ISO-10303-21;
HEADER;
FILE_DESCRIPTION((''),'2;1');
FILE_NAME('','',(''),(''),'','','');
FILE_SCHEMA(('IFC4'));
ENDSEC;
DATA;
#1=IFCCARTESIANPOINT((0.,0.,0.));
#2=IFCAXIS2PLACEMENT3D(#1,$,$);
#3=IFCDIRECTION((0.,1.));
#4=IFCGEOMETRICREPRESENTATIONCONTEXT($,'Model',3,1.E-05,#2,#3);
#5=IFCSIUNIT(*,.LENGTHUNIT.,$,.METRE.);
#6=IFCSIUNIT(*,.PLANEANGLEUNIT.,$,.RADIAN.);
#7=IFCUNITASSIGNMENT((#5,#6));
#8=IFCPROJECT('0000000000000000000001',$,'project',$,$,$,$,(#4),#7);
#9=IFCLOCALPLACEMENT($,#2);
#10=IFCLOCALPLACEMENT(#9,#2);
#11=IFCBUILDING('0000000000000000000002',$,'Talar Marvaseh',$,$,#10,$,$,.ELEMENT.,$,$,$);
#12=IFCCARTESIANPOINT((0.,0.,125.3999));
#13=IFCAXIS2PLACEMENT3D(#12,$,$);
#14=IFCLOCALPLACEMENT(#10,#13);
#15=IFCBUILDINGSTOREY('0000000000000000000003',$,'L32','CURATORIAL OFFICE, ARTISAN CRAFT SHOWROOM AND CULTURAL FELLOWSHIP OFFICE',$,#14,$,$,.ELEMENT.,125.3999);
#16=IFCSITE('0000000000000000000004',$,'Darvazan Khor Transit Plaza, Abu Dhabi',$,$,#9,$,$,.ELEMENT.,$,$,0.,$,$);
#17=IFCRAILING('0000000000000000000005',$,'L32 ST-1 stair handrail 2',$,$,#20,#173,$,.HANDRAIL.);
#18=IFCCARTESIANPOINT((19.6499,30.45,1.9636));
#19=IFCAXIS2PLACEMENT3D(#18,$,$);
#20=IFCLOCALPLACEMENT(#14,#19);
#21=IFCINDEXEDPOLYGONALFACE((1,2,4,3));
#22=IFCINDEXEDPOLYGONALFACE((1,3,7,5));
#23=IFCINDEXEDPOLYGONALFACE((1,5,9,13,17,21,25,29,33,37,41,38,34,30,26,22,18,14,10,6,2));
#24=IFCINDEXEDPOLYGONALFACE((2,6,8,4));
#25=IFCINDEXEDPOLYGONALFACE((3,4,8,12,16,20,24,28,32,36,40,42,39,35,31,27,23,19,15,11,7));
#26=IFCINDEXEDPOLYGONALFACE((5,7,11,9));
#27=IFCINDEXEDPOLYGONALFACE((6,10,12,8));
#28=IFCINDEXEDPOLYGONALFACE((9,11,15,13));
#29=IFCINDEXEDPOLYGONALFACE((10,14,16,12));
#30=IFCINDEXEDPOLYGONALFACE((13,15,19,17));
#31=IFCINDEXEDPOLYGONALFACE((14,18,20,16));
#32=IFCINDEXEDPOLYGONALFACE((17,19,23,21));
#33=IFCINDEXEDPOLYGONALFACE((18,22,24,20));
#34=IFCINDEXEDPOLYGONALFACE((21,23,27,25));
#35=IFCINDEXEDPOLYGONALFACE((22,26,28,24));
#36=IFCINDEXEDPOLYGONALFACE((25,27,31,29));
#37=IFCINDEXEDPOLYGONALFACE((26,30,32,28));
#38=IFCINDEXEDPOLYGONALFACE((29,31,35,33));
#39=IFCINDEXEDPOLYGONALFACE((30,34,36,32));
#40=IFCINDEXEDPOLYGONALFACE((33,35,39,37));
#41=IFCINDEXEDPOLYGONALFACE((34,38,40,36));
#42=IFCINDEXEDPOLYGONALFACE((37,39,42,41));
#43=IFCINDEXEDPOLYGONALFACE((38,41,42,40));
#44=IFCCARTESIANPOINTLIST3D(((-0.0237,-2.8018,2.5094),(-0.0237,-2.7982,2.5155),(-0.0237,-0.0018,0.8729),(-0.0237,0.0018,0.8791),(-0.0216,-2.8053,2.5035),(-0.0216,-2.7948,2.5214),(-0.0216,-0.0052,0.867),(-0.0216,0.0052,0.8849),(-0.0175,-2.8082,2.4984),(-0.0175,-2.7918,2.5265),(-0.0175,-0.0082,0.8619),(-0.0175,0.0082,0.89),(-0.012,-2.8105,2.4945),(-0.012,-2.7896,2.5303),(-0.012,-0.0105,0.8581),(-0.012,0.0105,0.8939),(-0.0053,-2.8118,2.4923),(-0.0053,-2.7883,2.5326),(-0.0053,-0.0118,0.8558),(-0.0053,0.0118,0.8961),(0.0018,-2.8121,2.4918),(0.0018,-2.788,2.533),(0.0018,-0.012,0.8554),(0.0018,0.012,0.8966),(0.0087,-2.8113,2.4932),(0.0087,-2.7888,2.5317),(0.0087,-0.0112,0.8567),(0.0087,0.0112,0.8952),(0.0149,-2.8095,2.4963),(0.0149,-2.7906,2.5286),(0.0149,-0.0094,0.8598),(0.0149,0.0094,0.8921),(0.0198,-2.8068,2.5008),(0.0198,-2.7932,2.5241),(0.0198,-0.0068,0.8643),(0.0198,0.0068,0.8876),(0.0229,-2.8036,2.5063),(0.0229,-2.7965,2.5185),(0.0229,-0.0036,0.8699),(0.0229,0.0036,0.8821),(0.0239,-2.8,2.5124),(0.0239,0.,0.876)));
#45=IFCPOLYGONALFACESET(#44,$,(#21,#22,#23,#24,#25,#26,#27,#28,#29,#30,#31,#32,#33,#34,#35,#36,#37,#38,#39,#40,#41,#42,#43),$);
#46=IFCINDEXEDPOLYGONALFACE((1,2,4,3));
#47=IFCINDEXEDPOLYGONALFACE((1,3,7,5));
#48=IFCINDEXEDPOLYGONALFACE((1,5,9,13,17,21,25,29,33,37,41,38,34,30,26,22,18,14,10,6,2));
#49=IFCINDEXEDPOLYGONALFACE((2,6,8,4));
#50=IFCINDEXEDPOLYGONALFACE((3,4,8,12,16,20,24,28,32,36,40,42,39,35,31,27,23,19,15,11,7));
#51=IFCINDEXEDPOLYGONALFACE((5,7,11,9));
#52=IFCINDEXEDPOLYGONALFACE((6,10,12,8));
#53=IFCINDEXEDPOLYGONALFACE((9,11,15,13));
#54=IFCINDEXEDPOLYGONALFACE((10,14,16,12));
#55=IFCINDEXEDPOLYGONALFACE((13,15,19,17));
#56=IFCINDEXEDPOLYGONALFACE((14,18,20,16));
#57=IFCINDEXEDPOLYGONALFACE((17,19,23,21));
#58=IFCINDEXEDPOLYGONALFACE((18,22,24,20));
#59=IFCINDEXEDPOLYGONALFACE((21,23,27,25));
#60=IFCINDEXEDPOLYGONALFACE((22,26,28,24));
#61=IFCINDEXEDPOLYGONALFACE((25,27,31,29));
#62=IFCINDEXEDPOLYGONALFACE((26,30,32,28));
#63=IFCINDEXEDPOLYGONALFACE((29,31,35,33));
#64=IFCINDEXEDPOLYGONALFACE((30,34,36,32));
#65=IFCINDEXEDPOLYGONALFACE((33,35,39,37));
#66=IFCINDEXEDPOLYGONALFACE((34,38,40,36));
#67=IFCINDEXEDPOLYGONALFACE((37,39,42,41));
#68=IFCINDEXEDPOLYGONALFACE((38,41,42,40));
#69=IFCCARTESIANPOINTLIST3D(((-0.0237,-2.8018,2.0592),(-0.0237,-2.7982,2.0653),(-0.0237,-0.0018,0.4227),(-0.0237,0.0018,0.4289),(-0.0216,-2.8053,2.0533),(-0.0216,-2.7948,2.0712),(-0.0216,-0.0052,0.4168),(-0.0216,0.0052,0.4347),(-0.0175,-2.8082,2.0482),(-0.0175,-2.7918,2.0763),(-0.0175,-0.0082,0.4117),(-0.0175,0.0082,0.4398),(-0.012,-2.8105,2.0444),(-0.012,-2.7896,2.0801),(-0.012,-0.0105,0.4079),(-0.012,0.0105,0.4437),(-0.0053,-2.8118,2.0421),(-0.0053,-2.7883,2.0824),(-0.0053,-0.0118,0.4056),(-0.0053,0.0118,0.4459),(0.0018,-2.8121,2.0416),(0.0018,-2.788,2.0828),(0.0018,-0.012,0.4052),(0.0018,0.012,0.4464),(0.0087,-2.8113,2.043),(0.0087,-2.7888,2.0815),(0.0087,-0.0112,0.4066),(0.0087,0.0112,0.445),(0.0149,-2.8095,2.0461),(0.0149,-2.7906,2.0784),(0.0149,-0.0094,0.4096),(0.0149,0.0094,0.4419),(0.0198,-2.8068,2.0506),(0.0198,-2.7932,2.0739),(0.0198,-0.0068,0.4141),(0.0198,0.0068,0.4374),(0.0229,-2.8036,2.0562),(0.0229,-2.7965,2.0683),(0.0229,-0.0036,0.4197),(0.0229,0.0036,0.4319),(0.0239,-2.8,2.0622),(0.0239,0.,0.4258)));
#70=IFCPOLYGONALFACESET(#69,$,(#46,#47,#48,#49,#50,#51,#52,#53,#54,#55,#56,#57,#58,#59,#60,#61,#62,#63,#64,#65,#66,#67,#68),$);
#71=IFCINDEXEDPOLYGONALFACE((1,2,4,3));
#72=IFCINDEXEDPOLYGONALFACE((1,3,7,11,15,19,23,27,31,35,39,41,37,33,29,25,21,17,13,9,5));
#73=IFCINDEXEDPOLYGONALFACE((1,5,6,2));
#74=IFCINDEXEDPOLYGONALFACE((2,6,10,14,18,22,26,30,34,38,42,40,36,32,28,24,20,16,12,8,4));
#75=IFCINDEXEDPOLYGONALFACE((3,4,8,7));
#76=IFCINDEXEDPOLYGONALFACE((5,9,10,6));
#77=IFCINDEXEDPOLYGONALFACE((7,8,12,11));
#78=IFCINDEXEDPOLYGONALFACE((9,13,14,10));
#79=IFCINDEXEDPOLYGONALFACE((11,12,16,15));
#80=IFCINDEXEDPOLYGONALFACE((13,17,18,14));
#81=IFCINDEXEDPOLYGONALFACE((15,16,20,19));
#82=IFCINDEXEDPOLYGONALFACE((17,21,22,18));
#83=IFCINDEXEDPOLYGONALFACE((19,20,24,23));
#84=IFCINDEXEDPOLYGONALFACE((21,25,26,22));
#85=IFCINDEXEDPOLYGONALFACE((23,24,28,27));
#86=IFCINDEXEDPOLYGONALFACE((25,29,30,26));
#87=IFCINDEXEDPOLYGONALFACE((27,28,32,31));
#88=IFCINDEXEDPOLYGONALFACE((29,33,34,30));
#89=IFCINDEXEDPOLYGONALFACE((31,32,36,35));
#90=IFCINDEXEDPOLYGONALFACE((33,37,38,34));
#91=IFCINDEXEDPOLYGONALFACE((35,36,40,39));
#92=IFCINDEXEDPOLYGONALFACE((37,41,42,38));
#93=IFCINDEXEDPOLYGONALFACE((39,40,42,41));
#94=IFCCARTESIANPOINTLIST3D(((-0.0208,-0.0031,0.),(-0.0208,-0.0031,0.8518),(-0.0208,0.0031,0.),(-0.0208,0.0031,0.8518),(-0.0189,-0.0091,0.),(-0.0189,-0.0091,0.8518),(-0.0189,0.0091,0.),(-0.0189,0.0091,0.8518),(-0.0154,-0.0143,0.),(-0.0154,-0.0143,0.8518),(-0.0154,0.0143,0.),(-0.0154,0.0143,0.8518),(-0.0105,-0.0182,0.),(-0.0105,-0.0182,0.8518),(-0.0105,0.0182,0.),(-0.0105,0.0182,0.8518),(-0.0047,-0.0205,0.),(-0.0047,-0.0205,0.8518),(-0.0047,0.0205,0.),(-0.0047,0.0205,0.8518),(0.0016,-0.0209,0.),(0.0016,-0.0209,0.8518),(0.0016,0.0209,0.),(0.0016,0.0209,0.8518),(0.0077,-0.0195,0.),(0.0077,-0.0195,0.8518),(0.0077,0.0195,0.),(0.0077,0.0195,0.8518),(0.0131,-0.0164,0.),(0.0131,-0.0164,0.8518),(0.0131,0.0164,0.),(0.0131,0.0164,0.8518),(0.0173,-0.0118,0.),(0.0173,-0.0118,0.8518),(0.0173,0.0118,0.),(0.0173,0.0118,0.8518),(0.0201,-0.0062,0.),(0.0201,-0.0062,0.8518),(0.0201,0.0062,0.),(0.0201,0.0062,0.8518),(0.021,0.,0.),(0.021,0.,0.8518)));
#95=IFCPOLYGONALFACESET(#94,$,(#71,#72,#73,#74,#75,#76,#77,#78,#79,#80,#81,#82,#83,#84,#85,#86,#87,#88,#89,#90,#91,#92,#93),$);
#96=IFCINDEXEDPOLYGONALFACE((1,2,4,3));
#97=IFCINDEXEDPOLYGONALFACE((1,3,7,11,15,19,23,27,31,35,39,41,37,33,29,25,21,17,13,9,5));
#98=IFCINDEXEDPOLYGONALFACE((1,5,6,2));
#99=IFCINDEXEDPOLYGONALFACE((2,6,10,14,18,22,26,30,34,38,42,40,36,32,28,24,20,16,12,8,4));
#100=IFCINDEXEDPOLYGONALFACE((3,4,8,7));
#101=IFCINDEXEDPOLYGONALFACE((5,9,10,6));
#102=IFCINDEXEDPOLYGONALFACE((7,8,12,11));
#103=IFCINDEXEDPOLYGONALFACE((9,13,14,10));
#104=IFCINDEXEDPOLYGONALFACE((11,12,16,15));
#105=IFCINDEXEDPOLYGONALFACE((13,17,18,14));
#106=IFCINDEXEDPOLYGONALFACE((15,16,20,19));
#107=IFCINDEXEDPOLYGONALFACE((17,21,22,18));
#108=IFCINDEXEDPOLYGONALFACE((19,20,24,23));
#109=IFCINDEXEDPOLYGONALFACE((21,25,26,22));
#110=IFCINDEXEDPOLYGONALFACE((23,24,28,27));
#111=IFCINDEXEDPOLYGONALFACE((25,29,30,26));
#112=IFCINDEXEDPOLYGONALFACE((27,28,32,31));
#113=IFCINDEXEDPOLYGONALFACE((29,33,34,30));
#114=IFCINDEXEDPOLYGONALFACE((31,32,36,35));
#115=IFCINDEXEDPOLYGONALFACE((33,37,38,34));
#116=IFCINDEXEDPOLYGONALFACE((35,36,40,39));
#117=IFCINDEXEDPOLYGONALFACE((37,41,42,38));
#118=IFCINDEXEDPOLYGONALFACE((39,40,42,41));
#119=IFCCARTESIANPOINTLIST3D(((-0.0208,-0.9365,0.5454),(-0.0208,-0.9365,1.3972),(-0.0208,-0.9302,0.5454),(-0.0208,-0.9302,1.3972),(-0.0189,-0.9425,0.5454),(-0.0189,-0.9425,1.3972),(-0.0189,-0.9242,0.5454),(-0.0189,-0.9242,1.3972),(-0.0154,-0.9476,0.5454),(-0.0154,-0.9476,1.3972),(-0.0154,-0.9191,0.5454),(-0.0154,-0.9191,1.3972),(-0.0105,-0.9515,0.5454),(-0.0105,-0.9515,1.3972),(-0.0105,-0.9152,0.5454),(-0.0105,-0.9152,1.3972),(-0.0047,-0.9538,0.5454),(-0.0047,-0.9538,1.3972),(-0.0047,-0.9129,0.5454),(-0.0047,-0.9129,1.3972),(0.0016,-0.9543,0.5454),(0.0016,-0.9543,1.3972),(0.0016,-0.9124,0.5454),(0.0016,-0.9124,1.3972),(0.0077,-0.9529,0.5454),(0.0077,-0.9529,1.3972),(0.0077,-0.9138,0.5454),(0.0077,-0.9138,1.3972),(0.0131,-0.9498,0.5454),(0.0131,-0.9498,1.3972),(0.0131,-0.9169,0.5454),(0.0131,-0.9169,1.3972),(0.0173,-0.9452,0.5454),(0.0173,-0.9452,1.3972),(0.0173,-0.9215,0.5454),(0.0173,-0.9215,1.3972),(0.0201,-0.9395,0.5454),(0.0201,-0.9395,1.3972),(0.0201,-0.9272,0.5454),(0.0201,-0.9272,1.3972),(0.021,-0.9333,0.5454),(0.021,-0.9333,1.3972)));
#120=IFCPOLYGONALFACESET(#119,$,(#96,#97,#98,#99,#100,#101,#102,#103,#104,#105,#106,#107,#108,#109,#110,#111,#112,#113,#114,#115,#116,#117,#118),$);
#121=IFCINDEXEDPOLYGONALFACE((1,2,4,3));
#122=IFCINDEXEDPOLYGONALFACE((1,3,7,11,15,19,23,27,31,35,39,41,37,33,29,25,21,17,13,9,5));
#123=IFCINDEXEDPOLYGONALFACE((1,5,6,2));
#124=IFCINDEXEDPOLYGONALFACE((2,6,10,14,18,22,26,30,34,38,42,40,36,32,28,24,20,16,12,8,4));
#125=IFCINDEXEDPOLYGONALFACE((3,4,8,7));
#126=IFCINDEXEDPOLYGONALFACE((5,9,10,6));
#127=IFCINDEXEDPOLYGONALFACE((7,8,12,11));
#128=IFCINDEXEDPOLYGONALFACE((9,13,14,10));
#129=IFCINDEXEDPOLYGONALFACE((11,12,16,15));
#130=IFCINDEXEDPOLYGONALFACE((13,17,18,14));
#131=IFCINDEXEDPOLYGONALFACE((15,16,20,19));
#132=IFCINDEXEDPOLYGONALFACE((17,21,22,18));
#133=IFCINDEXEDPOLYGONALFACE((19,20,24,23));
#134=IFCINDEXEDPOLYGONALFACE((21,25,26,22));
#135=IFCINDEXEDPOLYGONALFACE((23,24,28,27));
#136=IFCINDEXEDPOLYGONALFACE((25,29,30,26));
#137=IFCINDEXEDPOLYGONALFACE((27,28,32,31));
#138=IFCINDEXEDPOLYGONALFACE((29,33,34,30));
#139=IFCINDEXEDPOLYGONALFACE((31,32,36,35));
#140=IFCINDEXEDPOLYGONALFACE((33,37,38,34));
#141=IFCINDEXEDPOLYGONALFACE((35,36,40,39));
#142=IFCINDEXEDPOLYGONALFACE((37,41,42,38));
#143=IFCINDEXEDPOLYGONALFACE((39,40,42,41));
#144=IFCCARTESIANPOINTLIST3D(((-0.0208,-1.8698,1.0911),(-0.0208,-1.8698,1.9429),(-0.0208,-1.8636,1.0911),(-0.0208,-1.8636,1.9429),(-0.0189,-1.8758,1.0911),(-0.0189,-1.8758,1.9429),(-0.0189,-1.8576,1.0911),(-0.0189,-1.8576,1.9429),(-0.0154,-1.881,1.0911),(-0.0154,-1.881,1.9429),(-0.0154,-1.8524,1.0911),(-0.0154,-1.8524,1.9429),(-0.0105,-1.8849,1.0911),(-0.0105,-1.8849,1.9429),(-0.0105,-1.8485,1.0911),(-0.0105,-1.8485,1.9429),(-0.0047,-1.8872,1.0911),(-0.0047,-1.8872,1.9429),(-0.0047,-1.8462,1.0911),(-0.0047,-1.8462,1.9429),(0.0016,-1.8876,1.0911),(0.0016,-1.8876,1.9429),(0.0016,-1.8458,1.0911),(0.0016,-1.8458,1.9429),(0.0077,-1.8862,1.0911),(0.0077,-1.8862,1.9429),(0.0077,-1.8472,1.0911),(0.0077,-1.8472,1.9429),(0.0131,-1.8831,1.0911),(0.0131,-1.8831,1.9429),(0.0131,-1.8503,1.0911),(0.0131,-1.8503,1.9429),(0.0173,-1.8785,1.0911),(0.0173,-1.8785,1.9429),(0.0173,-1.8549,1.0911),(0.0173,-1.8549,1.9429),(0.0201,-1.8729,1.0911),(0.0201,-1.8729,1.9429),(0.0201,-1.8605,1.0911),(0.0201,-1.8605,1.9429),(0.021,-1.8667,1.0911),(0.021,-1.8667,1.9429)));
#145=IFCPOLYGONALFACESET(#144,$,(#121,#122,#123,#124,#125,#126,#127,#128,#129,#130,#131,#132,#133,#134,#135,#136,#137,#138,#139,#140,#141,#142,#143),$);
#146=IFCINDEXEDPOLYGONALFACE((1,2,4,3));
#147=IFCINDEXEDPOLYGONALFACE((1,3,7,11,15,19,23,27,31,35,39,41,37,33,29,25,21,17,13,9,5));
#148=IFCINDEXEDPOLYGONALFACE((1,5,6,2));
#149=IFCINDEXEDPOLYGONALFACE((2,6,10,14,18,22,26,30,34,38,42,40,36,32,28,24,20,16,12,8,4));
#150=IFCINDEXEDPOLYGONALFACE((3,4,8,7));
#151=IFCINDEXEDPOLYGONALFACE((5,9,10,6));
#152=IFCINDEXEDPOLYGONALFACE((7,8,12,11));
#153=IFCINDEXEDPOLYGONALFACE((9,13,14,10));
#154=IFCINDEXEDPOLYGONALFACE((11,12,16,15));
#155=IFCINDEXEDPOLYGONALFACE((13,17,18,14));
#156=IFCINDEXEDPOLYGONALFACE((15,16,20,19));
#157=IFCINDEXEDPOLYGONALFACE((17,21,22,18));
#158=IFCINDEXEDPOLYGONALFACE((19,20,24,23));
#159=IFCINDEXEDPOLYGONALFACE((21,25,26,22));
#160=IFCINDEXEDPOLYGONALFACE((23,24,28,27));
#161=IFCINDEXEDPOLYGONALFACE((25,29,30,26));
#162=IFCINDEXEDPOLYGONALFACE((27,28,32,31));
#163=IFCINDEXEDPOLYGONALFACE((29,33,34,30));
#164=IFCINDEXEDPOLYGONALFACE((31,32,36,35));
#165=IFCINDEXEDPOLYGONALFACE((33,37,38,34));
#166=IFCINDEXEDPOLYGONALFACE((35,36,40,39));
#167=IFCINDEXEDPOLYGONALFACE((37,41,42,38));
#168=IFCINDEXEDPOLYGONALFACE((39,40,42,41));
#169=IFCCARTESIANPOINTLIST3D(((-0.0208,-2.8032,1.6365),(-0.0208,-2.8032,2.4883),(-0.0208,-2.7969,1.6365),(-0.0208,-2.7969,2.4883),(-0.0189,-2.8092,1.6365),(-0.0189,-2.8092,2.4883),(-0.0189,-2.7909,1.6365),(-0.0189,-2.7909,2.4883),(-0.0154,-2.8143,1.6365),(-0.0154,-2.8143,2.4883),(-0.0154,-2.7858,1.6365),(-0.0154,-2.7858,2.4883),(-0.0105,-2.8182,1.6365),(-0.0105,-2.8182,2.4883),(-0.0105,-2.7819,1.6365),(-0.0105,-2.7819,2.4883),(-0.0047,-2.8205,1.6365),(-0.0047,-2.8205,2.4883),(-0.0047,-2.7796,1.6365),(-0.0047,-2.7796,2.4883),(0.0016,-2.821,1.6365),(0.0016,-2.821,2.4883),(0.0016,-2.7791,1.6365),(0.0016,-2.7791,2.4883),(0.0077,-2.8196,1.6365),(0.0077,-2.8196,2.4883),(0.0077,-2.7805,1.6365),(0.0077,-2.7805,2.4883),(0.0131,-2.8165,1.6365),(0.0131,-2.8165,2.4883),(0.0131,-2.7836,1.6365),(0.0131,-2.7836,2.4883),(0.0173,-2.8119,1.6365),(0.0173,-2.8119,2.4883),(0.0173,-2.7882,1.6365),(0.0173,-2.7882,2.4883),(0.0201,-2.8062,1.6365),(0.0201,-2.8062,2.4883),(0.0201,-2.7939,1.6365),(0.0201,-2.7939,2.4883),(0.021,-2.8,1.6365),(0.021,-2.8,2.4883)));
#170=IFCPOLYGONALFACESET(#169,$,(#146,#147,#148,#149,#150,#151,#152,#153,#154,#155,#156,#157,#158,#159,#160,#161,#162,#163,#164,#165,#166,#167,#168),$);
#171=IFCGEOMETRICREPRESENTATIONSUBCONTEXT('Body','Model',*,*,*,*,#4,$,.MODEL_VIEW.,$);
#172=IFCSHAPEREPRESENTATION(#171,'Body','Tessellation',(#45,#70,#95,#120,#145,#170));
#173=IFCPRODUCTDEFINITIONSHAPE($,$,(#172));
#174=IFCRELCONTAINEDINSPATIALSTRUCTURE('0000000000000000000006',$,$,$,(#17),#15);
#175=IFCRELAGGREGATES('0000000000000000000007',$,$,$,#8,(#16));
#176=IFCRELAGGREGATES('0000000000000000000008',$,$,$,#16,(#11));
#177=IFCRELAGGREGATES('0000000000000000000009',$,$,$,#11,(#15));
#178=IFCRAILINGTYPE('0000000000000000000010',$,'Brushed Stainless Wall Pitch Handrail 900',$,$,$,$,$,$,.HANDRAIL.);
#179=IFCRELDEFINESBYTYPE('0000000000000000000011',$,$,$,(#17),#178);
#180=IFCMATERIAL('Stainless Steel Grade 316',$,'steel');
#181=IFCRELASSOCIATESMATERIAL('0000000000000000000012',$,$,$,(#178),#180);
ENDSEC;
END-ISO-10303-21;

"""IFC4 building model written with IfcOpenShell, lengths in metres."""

from ifc_helpers import new_model, si_unit, direction, frame, origin, origin_2d, place, context, subcontext, project, spatial, circle, extrude, material, type_object, element, save


model = new_model("IFC4")

# Units and contexts
model_context = context("Model", 3, precision=1e-05, world=origin(), true_north=direction((0.0, 1.0)))
body_context = subcontext(model_context, "Body", "Model", "MODEL_VIEW")
ifc_project = project(units=[si_unit("LENGTHUNIT", "METRE"), si_unit("PLANEANGLEUNIT", "RADIAN")], contexts=[model_context])

# Site, building, storey
site_placement = place(None, origin())
site = spatial("IfcSite", under=ifc_project, at=site_placement, Name="Darvazan Khor Transit Plaza, Abu Dhabi", CompositionType="ELEMENT", RefElevation=0.0)
building_placement = place(site_placement, origin())
building = spatial("IfcBuilding", under=site, at=building_placement, Name="Talar Marvaseh", CompositionType="ELEMENT")
storey_placement = place(building_placement, frame((0.0, 0.0, 125.3999)))
storey = spatial("IfcBuildingStorey", under=building, at=storey_placement, Name="L32", Description="CURATORIAL OFFICE, ARTISAN CRAFT SHOWROOM AND CULTURAL FELLOWSHIP OFFICE", CompositionType="ELEMENT", Elevation=125.3999)

# Railing
ifc_material_1 = material(Name="Stainless Steel Grade 316", Category="steel")
railing_type_1 = type_object("IfcRailingType", Name="Brushed Stainless Wall Pitch Handrail 900", PredefinedType="HANDRAIL", material=ifc_material_1)
railing_1_placement = place(storey_placement, frame((19.6499, 30.45, 1.9636)))
element("IfcRailing", 1, at=railing_1_placement, inside=storey, type_object=railing_type_1, Name="L32 ST-1 stair handrail 2", PredefinedType="HANDRAIL", context=body_context, shape_type="SweptSolid", body=[
    extrude(circle(Radius=0.0239, at=origin_2d()), frame((0.0, 0.0, 0.876), z_axis=(0.0, -0.863361, 0.504587), x_axis=(1.0, 0.0, 0.0)), (0.0, 0.0, 1.0), 3.2432),
    extrude(circle(Radius=0.0239, at=origin_2d()), frame((0.0, 0.0, 0.4258), z_axis=(0.0, -0.863361, 0.504587), x_axis=(1.0, 0.0, 0.0)), (0.0, 0.0, 1.0), 3.2432),
    extrude(circle(Radius=0.021, at=origin_2d()), origin(), (0.0, 0.0, 1.0), 0.8518),
    extrude(circle(Radius=0.021, at=origin_2d()), frame((0.0, -0.9333, 0.5454)), (0.0, 0.0, 1.0), 0.8518),
    extrude(circle(Radius=0.021, at=origin_2d()), frame((0.0, -1.8667, 1.0911)), (0.0, 0.0, 1.0), 0.8518),
    extrude(circle(Radius=0.021, at=origin_2d()), frame((0.0, -2.8, 1.6365)), (0.0, 0.0, 1.0), 0.8518),
])

save(model, "model.ifc")
